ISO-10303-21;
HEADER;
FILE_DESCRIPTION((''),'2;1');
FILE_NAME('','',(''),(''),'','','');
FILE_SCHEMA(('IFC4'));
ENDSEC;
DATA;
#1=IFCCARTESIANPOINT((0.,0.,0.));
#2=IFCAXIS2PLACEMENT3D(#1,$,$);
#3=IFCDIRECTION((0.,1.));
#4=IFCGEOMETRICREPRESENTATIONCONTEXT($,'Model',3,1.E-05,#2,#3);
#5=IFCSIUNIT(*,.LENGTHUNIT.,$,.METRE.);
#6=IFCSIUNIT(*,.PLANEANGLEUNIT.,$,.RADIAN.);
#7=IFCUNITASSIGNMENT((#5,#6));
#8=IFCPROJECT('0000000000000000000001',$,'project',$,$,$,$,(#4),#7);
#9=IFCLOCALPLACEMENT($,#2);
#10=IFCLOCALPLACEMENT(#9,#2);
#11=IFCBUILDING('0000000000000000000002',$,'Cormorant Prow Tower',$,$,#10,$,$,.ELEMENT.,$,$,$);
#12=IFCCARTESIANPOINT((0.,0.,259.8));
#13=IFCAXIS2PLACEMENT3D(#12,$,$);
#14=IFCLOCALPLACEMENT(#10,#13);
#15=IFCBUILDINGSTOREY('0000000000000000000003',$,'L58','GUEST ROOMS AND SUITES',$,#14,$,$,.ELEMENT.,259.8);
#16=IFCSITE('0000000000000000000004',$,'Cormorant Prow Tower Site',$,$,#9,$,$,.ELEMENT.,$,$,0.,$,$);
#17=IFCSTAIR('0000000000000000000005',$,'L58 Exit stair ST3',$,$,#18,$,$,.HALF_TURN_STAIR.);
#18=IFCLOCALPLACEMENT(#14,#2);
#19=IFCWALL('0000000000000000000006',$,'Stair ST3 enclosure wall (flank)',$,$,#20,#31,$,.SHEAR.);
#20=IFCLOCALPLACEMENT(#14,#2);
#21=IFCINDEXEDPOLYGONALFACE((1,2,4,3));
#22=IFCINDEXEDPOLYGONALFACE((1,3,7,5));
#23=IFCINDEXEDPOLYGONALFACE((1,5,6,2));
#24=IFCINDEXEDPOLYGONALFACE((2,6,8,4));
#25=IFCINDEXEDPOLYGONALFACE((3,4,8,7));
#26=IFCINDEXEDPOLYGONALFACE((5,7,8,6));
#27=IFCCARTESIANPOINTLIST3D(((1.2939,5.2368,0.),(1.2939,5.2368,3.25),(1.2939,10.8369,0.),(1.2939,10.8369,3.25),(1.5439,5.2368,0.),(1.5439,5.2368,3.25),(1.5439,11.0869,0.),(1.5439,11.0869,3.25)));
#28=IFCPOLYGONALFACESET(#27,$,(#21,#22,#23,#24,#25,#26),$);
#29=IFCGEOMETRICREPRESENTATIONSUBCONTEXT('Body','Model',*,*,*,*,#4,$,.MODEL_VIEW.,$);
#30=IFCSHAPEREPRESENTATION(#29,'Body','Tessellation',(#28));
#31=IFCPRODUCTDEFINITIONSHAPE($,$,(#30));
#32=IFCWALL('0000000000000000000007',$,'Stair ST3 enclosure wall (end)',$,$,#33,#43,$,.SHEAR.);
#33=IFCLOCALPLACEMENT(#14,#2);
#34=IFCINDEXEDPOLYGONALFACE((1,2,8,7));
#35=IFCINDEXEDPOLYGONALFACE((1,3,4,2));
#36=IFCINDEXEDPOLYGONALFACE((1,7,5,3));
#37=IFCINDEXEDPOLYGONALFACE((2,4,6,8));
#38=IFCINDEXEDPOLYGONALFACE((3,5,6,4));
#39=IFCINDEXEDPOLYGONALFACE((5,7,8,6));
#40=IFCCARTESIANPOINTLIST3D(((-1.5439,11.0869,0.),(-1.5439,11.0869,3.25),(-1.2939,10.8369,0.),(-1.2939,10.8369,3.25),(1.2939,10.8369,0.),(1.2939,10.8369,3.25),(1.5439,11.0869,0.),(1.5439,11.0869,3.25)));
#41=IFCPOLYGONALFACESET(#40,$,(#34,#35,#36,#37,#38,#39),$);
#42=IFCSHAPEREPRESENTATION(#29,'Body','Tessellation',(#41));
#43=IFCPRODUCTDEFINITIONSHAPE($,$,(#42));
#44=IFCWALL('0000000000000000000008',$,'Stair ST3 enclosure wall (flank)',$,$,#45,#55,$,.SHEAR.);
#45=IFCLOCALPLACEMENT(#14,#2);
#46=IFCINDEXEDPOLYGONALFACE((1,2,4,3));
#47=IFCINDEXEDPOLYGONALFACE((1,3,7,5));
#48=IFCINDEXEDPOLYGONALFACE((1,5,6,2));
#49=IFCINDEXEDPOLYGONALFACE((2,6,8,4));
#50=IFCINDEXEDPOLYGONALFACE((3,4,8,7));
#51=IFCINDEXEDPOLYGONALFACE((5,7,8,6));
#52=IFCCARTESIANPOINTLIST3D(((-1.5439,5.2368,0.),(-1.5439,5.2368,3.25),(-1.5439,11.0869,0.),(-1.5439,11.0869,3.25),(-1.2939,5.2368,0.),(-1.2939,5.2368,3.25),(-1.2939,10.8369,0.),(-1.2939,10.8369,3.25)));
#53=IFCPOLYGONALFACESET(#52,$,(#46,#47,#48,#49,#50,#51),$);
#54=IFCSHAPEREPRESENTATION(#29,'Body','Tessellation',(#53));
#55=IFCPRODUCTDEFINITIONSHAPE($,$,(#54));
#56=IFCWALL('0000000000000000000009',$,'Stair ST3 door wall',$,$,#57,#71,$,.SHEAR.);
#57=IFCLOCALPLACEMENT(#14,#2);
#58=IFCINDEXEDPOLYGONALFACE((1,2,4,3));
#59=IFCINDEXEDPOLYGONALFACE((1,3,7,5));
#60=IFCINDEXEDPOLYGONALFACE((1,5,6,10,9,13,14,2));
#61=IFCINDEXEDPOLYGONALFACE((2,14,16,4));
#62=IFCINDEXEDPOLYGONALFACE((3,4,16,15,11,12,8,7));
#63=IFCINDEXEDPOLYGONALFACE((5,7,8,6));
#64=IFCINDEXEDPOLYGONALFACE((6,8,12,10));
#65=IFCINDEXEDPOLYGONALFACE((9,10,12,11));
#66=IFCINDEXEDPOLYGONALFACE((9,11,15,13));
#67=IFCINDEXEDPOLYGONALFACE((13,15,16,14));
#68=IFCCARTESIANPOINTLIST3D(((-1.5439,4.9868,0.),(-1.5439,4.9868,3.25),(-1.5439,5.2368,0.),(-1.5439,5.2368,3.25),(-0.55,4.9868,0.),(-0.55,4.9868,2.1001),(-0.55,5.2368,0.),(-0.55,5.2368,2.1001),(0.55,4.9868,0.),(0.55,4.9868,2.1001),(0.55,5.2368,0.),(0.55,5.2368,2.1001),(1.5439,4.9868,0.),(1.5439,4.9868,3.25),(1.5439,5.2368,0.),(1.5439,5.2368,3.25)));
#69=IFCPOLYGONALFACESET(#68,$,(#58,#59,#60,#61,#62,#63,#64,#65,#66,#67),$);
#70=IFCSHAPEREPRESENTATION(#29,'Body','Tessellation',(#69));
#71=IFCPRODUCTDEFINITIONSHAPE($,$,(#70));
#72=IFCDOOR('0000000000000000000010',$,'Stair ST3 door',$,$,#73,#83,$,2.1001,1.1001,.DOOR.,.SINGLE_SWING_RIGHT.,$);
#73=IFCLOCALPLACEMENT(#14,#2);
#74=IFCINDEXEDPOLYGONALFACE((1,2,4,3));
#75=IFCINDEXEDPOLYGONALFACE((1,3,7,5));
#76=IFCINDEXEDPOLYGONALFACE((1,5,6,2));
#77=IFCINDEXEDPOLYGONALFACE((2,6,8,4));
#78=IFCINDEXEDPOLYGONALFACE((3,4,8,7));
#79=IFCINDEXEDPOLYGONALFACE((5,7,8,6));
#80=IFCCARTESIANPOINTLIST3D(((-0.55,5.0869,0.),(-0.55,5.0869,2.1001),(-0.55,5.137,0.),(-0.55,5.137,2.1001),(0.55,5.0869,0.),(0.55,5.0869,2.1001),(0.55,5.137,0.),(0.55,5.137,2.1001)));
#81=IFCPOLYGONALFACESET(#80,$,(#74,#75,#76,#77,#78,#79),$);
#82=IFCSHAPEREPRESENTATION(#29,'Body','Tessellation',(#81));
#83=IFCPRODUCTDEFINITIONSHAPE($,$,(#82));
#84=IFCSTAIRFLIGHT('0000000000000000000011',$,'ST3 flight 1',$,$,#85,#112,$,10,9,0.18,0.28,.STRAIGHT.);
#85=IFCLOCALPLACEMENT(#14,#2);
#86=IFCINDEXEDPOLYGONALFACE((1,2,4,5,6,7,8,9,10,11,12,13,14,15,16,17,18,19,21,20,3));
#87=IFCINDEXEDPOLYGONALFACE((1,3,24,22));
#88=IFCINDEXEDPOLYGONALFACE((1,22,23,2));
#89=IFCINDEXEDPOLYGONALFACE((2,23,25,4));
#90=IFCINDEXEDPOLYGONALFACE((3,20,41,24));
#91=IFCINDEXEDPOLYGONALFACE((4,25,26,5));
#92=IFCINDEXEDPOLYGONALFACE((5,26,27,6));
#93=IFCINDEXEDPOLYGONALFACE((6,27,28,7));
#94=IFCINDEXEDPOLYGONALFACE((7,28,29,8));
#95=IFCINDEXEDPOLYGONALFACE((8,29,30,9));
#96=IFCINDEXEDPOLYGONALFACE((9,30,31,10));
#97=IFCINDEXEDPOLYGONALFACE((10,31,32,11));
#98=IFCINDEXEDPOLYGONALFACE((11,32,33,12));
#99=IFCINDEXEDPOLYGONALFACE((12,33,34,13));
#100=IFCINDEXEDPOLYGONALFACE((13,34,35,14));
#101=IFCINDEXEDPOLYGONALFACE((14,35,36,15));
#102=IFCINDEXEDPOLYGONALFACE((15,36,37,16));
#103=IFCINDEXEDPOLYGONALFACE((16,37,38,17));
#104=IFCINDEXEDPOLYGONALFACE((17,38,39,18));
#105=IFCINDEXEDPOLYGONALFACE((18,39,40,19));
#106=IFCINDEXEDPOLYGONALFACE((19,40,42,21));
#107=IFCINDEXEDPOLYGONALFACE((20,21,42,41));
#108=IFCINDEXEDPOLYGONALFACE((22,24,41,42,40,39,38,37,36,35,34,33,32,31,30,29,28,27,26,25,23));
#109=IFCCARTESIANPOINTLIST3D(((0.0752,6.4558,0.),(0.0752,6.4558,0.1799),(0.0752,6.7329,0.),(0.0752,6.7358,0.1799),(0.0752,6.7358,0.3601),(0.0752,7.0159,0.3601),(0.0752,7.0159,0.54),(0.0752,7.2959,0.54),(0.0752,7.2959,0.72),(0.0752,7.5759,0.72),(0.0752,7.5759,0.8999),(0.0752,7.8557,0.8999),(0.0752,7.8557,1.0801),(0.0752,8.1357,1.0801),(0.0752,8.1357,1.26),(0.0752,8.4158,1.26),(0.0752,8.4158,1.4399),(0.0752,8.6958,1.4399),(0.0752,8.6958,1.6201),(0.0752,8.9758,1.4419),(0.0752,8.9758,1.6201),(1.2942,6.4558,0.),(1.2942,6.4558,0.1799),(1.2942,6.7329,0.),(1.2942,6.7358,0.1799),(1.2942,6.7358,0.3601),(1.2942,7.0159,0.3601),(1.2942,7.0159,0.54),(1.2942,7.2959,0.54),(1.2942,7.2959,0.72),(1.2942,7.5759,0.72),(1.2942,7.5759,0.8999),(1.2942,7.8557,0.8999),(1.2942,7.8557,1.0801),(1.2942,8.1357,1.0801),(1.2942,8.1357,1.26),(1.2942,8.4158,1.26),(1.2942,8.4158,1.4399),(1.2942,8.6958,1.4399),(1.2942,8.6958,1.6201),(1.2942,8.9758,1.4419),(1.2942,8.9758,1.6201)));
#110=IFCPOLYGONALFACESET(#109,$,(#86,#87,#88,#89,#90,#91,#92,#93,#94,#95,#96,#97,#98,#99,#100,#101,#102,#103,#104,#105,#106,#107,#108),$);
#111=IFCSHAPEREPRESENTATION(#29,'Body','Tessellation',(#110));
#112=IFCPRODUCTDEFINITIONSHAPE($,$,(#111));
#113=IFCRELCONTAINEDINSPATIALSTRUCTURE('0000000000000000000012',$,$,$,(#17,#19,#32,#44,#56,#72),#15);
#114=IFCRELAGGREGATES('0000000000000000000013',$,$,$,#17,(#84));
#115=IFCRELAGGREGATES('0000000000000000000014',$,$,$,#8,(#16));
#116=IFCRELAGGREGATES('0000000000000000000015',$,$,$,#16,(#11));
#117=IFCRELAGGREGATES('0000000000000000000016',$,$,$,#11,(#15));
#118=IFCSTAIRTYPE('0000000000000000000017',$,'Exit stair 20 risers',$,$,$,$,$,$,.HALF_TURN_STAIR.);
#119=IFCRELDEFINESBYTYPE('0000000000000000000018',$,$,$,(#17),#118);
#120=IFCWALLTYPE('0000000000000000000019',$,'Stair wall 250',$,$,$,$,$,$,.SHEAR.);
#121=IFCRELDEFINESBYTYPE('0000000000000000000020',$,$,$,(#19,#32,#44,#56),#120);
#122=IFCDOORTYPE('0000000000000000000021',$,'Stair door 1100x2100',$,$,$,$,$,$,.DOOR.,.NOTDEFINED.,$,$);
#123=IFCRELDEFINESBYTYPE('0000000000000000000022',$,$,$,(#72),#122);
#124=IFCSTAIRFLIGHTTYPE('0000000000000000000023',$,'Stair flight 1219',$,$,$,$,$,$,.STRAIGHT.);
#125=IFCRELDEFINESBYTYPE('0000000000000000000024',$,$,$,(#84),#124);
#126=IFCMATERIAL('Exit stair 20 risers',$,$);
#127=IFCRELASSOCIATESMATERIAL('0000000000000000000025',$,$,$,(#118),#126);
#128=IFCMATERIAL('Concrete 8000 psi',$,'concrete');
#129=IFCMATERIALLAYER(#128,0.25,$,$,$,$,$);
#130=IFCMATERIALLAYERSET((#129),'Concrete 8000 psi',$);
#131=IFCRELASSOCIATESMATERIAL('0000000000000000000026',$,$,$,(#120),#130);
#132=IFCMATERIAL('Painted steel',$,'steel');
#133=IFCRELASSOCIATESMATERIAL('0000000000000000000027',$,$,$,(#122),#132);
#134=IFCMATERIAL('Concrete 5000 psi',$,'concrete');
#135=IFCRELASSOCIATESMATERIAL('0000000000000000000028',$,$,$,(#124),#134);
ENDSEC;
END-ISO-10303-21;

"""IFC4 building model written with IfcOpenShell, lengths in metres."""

from ifc_helpers import new_model, si_unit, direction, frame, frame_2d, origin, place, context, subcontext, project, spatial, polyline, rectangle, outline, extrude, material, layer, layer_set, type_object, element, fill, aggregate, save


model = new_model("IFC4")

# Units and contexts
model_context = context("Model", 3, precision=1e-05, world=origin(), true_north=direction((0.0, 1.0)))
body_context = subcontext(model_context, "Body", "Model", "MODEL_VIEW")
ifc_project = project(units=[si_unit("LENGTHUNIT", "METRE"), si_unit("PLANEANGLEUNIT", "RADIAN")], contexts=[model_context])

# Site, building, storey
site_placement = place(None, origin())
site = spatial("IfcSite", under=ifc_project, at=site_placement, Name="Cormorant Prow Tower Site", CompositionType="ELEMENT", RefElevation=0.0)
building_placement = place(site_placement, origin())
building = spatial("IfcBuilding", under=site, at=building_placement, Name="Cormorant Prow Tower", CompositionType="ELEMENT")
storey_placement = place(building_placement, frame((0.0, 0.0, 259.8)))
storey = spatial("IfcBuildingStorey", under=building, at=storey_placement, Name="L58", Description="GUEST ROOMS AND SUITES", CompositionType="ELEMENT", Elevation=259.8)

# Stair
ifc_material_1 = material(Name="Exit stair 20 risers")
stair_type = type_object("IfcStairType", Name="Exit stair 20 risers", PredefinedType="HALF_TURN_STAIR", material=ifc_material_1)
stair_1_placement = place(storey_placement, origin())
stair_1 = element("IfcStair", 1, at=stair_1_placement, inside=storey, type_object=stair_type, Name="L58 Exit stair ST3", PredefinedType="HALF_TURN_STAIR")

# Walls
ifc_material_2 = material(Name="Concrete 8000 psi", Category="concrete")
ifc_layer_1 = layer(ifc_material_2, 0.25)
ifc_layer_set_1 = layer_set([ifc_layer_1], Name="Concrete 8000 psi")
wall_type_1 = type_object("IfcWallType", Name="Stair wall 250", PredefinedType="SHEAR", material=ifc_layer_set_1)
wall_1_placement = place(storey_placement, origin())
element("IfcWall", 2, at=wall_1_placement, inside=storey, type_object=wall_type_1, Name="Stair ST3 enclosure wall (flank)", PredefinedType="SHEAR", context=body_context, shape_type="SweptSolid", body=[
    extrude(outline(polyline([(1.5439, 5.2368), (1.5439, 11.0869), (1.2939, 10.8369), (1.2939, 5.2368), (1.5439, 5.2368)])), origin(), (0.0, 0.0, 1.0), 3.25),
])
wall_2_placement = place(storey_placement, origin())
element("IfcWall", 3, at=wall_2_placement, inside=storey, type_object=wall_type_1, Name="Stair ST3 enclosure wall (end)", PredefinedType="SHEAR", context=body_context, shape_type="SweptSolid", body=[
    extrude(outline(polyline([(1.5439, 11.0869), (-1.5439, 11.0869), (-1.2939, 10.8369), (1.2939, 10.8369), (1.5439, 11.0869)])), origin(), (0.0, 0.0, 1.0), 3.25),
])
wall_3_placement = place(storey_placement, origin())
element("IfcWall", 4, at=wall_3_placement, inside=storey, type_object=wall_type_1, Name="Stair ST3 enclosure wall (flank)", PredefinedType="SHEAR", context=body_context, shape_type="SweptSolid", body=[
    extrude(outline(polyline([(-1.2939, 10.8369), (-1.5439, 11.0869), (-1.5439, 5.2368), (-1.2939, 5.2368), (-1.2939, 10.8369)])), origin(), (0.0, 0.0, 1.0), 3.25),
])

# Wall, opening, door
wall_4_placement = place(storey_placement, frame((1.5439, 5.1118, 0.0), z_axis=(0.0, 0.0, 1.0), x_axis=(-1.0, 0.0, 0.0)))
wall_4 = element("IfcWall", 5, at=wall_4_placement, inside=storey, type_object=wall_type_1, Name="Stair ST3 door wall", PredefinedType="SHEAR", context=body_context, shape_type="SweptSolid", body=[
    extrude(rectangle(XDim=3.0879, YDim=0.25, at=frame_2d((1.5439, 0.0))), origin(), (0.0, 0.0, 1.0), 3.25),
])
opening_placement = place(wall_4_placement, frame((0.9939, 0.0, 0.0)))
opening = element("IfcOpeningElement", 6, at=opening_placement, cuts=wall_4, PredefinedType="OPENING", context=body_context, shape_type="SweptSolid", body=[
    extrude(rectangle(XDim=1.1001, YDim=2.1001, at=frame_2d((0.55, 1.05))), frame((0.0, 0.135, 0.0), z_axis=(0.0, -1.0, 0.0), x_axis=(1.0, 0.0, 0.0)), (0.0, 0.0, 1.0), 0.27),
])
ifc_material_3 = material(Name="Painted steel", Category="steel")
door_type = type_object("IfcDoorType", Name="Stair door 1100x2100", OperationType="NOTDEFINED", PredefinedType="DOOR", material=ifc_material_3)
door_placement = place(opening_placement, origin())
door = element("IfcDoor", 7, at=door_placement, inside=storey, type_object=door_type, Name="Stair ST3 door", OperationType="SINGLE_SWING_RIGHT", OverallHeight=2.1001, OverallWidth=1.1001, PredefinedType="DOOR", context=body_context, shape_type="SweptSolid", body=[
    extrude(rectangle(XDim=1.1001, YDim=2.1001, at=frame_2d((0.55, 1.05))), frame((0.0, 0.0249, 0.0), z_axis=(0.0, -1.0, 0.0), x_axis=(1.0, 0.0, 0.0)), (0.0, 0.0, 1.0), 0.05),
])
fill(opening, door)

# Stair flight
ifc_material_4 = material(Name="Concrete 5000 psi", Category="concrete")
stair_flight_type = type_object("IfcStairFlightType", Name="Stair flight 1219", PredefinedType="STRAIGHT", material=ifc_material_4)
stair_flight_placement = place(storey_placement, frame((0.6846, 6.4558, 0.0), z_axis=(0.0, 0.0, 1.0), x_axis=(0.0, 1.0, 0.0)))
stair_flight = element("IfcStairFlight", 8, at=stair_flight_placement, type_object=stair_flight_type, Name="ST3 flight 1", NumberOfRisers=10, NumberOfTreads=9, PredefinedType="STRAIGHT", RiserHeight=0.18, TreadLength=0.28, context=body_context, shape_type="SweptSolid", body=[
    extrude(outline(polyline([(0.0, 0.0), (0.0, 0.1799), (0.28, 0.1799), (0.28, 0.3601), (0.5601, 0.3601), (0.5601, 0.54), (0.8401, 0.54), (0.8401, 0.72), (1.1201, 0.72), (1.1201, 0.8999), (1.3999, 0.8999), (1.3999, 1.0801), (1.6799, 1.0801), (1.6799, 1.26), (1.96, 1.26), (1.96, 1.4399), (2.24, 1.4399), (2.24, 1.6201), (2.52, 1.6201), (2.52, 1.8), (2.52, 1.4419), (0.2771, 0.0), (0.0, 0.0)])), frame((0.0, 0.6094, 0.0), z_axis=(0.0, -1.0, 0.0), x_axis=(1.0, 0.0, 0.0)), (0.0, 0.0, 1.0), 1.219),
])
aggregate(stair_1, [stair_flight])

save(model, "model.ifc")
